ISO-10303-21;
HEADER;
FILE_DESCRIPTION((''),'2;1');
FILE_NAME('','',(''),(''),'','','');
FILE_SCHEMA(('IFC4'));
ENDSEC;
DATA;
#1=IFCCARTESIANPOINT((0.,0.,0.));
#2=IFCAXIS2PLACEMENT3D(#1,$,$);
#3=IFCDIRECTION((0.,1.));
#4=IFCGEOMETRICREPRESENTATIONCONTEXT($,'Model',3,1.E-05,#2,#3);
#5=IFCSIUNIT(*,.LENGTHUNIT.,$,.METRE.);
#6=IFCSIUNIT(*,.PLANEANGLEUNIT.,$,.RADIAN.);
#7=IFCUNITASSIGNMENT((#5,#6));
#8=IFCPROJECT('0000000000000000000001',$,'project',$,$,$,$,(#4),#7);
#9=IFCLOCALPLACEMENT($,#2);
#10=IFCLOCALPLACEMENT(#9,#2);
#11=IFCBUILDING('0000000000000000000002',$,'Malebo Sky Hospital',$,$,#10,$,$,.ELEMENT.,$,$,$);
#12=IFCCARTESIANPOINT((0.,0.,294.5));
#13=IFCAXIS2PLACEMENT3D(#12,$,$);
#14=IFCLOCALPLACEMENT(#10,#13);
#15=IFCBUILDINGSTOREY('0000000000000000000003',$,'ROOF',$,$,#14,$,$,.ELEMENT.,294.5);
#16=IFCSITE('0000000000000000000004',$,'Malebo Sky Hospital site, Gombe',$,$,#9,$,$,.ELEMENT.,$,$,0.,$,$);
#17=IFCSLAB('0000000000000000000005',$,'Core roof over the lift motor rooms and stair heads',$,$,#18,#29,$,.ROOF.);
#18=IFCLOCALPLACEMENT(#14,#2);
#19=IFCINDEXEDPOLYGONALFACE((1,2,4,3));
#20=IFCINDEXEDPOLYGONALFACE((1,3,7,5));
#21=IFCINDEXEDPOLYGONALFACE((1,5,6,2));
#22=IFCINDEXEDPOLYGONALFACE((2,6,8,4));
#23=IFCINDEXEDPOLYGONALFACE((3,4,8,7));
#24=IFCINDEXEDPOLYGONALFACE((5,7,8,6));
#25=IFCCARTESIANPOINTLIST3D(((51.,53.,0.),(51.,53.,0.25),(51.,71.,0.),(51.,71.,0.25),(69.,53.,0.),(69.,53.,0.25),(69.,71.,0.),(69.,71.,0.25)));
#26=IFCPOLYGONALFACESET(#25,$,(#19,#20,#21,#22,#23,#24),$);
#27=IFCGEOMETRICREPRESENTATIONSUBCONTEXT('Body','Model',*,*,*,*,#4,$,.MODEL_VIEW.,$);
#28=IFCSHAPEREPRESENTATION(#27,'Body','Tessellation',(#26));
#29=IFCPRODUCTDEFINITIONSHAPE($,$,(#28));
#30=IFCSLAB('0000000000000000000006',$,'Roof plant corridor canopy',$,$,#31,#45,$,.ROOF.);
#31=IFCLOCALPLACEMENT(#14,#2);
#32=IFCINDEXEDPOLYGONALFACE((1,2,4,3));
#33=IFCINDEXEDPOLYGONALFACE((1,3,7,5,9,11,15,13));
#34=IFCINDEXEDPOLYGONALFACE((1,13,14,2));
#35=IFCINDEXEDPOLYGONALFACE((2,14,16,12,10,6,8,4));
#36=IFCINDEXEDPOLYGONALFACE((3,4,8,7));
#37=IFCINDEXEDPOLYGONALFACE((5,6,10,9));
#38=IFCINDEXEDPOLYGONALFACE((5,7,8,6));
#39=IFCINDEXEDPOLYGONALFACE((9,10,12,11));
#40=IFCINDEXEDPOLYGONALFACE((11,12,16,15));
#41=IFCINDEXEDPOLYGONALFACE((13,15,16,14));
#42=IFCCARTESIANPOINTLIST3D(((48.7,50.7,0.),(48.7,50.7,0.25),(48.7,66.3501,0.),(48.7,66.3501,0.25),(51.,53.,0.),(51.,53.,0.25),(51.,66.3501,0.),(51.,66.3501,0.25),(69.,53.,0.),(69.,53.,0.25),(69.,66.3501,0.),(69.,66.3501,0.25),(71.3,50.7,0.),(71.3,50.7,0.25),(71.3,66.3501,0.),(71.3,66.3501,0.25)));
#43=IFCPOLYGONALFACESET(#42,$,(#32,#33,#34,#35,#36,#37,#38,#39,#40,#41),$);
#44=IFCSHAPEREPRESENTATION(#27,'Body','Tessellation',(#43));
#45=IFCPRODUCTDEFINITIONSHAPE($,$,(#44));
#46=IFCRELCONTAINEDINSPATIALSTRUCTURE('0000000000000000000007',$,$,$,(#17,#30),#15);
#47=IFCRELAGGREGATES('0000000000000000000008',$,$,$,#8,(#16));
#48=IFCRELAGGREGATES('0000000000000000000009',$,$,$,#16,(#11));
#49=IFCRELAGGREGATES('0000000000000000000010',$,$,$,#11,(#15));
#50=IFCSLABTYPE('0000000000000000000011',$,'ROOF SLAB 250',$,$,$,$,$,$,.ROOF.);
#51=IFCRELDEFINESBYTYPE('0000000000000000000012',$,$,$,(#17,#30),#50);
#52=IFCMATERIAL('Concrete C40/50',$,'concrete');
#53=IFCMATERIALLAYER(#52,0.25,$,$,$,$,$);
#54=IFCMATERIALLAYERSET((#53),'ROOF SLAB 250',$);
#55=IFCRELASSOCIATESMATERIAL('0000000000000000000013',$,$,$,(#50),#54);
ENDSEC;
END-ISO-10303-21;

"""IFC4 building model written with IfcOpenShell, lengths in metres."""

from ifc_helpers import new_model, si_unit, direction, frame, origin, place, context, subcontext, project, spatial, polyline, outline, extrude, material, layer, layer_set, type_object, element, save


model = new_model("IFC4")

# Units and contexts
model_context = context("Model", 3, precision=1e-05, world=origin(), true_north=direction((0.0, 1.0)))
body_context = subcontext(model_context, "Body", "Model", "MODEL_VIEW")
ifc_project = project(units=[si_unit("LENGTHUNIT", "METRE"), si_unit("PLANEANGLEUNIT", "RADIAN")], contexts=[model_context])

# Site, building, storey
site_placement = place(None, origin())
site = spatial("IfcSite", under=ifc_project, at=site_placement, Name="Malebo Sky Hospital site, Gombe", CompositionType="ELEMENT", RefElevation=0.0)
building_placement = place(site_placement, origin())
building = spatial("IfcBuilding", under=site, at=building_placement, Name="Malebo Sky Hospital", CompositionType="ELEMENT")
storey_placement = place(building_placement, frame((0.0, 0.0, 294.5)))
storey = spatial("IfcBuildingStorey", under=building, at=storey_placement, Name="ROOF", CompositionType="ELEMENT", Elevation=294.5)

# Slabs
ifc_material = material(Name="Concrete C40/50", Category="concrete")
ifc_layer = layer(ifc_material, 0.25)
ifc_layer_set = layer_set([ifc_layer], Name="ROOF SLAB 250")
slab_type = type_object("IfcSlabType", Name="ROOF SLAB 250", PredefinedType="ROOF", material=ifc_layer_set)
slab_1_placement = place(storey_placement, origin())
element("IfcSlab", 1, at=slab_1_placement, inside=storey, type_object=slab_type, Name="Core roof over the lift motor rooms and stair heads", PredefinedType="ROOF", context=body_context, shape_type="SweptSolid", body=[
    extrude(outline(polyline([(69.0, 53.0), (69.0, 71.0), (51.0, 71.0), (51.0, 53.0), (69.0, 53.0)])), origin(), (0.0, 0.0, 1.0), 0.25),
])
slab_2_placement = place(storey_placement, origin())
element("IfcSlab", 2, at=slab_2_placement, inside=storey, type_object=slab_type, Name="Roof plant corridor canopy", PredefinedType="ROOF", context=body_context, shape_type="SweptSolid", body=[
    extrude(outline(polyline([(69.0, 66.3501), (69.0, 53.0), (51.0, 53.0), (51.0, 66.3501), (48.7, 66.3501), (48.7, 50.7), (71.3, 50.7), (71.3, 66.3501), (69.0, 66.3501)])), origin(), (0.0, 0.0, 1.0), 0.25),
])

save(model, "model.ifc")
